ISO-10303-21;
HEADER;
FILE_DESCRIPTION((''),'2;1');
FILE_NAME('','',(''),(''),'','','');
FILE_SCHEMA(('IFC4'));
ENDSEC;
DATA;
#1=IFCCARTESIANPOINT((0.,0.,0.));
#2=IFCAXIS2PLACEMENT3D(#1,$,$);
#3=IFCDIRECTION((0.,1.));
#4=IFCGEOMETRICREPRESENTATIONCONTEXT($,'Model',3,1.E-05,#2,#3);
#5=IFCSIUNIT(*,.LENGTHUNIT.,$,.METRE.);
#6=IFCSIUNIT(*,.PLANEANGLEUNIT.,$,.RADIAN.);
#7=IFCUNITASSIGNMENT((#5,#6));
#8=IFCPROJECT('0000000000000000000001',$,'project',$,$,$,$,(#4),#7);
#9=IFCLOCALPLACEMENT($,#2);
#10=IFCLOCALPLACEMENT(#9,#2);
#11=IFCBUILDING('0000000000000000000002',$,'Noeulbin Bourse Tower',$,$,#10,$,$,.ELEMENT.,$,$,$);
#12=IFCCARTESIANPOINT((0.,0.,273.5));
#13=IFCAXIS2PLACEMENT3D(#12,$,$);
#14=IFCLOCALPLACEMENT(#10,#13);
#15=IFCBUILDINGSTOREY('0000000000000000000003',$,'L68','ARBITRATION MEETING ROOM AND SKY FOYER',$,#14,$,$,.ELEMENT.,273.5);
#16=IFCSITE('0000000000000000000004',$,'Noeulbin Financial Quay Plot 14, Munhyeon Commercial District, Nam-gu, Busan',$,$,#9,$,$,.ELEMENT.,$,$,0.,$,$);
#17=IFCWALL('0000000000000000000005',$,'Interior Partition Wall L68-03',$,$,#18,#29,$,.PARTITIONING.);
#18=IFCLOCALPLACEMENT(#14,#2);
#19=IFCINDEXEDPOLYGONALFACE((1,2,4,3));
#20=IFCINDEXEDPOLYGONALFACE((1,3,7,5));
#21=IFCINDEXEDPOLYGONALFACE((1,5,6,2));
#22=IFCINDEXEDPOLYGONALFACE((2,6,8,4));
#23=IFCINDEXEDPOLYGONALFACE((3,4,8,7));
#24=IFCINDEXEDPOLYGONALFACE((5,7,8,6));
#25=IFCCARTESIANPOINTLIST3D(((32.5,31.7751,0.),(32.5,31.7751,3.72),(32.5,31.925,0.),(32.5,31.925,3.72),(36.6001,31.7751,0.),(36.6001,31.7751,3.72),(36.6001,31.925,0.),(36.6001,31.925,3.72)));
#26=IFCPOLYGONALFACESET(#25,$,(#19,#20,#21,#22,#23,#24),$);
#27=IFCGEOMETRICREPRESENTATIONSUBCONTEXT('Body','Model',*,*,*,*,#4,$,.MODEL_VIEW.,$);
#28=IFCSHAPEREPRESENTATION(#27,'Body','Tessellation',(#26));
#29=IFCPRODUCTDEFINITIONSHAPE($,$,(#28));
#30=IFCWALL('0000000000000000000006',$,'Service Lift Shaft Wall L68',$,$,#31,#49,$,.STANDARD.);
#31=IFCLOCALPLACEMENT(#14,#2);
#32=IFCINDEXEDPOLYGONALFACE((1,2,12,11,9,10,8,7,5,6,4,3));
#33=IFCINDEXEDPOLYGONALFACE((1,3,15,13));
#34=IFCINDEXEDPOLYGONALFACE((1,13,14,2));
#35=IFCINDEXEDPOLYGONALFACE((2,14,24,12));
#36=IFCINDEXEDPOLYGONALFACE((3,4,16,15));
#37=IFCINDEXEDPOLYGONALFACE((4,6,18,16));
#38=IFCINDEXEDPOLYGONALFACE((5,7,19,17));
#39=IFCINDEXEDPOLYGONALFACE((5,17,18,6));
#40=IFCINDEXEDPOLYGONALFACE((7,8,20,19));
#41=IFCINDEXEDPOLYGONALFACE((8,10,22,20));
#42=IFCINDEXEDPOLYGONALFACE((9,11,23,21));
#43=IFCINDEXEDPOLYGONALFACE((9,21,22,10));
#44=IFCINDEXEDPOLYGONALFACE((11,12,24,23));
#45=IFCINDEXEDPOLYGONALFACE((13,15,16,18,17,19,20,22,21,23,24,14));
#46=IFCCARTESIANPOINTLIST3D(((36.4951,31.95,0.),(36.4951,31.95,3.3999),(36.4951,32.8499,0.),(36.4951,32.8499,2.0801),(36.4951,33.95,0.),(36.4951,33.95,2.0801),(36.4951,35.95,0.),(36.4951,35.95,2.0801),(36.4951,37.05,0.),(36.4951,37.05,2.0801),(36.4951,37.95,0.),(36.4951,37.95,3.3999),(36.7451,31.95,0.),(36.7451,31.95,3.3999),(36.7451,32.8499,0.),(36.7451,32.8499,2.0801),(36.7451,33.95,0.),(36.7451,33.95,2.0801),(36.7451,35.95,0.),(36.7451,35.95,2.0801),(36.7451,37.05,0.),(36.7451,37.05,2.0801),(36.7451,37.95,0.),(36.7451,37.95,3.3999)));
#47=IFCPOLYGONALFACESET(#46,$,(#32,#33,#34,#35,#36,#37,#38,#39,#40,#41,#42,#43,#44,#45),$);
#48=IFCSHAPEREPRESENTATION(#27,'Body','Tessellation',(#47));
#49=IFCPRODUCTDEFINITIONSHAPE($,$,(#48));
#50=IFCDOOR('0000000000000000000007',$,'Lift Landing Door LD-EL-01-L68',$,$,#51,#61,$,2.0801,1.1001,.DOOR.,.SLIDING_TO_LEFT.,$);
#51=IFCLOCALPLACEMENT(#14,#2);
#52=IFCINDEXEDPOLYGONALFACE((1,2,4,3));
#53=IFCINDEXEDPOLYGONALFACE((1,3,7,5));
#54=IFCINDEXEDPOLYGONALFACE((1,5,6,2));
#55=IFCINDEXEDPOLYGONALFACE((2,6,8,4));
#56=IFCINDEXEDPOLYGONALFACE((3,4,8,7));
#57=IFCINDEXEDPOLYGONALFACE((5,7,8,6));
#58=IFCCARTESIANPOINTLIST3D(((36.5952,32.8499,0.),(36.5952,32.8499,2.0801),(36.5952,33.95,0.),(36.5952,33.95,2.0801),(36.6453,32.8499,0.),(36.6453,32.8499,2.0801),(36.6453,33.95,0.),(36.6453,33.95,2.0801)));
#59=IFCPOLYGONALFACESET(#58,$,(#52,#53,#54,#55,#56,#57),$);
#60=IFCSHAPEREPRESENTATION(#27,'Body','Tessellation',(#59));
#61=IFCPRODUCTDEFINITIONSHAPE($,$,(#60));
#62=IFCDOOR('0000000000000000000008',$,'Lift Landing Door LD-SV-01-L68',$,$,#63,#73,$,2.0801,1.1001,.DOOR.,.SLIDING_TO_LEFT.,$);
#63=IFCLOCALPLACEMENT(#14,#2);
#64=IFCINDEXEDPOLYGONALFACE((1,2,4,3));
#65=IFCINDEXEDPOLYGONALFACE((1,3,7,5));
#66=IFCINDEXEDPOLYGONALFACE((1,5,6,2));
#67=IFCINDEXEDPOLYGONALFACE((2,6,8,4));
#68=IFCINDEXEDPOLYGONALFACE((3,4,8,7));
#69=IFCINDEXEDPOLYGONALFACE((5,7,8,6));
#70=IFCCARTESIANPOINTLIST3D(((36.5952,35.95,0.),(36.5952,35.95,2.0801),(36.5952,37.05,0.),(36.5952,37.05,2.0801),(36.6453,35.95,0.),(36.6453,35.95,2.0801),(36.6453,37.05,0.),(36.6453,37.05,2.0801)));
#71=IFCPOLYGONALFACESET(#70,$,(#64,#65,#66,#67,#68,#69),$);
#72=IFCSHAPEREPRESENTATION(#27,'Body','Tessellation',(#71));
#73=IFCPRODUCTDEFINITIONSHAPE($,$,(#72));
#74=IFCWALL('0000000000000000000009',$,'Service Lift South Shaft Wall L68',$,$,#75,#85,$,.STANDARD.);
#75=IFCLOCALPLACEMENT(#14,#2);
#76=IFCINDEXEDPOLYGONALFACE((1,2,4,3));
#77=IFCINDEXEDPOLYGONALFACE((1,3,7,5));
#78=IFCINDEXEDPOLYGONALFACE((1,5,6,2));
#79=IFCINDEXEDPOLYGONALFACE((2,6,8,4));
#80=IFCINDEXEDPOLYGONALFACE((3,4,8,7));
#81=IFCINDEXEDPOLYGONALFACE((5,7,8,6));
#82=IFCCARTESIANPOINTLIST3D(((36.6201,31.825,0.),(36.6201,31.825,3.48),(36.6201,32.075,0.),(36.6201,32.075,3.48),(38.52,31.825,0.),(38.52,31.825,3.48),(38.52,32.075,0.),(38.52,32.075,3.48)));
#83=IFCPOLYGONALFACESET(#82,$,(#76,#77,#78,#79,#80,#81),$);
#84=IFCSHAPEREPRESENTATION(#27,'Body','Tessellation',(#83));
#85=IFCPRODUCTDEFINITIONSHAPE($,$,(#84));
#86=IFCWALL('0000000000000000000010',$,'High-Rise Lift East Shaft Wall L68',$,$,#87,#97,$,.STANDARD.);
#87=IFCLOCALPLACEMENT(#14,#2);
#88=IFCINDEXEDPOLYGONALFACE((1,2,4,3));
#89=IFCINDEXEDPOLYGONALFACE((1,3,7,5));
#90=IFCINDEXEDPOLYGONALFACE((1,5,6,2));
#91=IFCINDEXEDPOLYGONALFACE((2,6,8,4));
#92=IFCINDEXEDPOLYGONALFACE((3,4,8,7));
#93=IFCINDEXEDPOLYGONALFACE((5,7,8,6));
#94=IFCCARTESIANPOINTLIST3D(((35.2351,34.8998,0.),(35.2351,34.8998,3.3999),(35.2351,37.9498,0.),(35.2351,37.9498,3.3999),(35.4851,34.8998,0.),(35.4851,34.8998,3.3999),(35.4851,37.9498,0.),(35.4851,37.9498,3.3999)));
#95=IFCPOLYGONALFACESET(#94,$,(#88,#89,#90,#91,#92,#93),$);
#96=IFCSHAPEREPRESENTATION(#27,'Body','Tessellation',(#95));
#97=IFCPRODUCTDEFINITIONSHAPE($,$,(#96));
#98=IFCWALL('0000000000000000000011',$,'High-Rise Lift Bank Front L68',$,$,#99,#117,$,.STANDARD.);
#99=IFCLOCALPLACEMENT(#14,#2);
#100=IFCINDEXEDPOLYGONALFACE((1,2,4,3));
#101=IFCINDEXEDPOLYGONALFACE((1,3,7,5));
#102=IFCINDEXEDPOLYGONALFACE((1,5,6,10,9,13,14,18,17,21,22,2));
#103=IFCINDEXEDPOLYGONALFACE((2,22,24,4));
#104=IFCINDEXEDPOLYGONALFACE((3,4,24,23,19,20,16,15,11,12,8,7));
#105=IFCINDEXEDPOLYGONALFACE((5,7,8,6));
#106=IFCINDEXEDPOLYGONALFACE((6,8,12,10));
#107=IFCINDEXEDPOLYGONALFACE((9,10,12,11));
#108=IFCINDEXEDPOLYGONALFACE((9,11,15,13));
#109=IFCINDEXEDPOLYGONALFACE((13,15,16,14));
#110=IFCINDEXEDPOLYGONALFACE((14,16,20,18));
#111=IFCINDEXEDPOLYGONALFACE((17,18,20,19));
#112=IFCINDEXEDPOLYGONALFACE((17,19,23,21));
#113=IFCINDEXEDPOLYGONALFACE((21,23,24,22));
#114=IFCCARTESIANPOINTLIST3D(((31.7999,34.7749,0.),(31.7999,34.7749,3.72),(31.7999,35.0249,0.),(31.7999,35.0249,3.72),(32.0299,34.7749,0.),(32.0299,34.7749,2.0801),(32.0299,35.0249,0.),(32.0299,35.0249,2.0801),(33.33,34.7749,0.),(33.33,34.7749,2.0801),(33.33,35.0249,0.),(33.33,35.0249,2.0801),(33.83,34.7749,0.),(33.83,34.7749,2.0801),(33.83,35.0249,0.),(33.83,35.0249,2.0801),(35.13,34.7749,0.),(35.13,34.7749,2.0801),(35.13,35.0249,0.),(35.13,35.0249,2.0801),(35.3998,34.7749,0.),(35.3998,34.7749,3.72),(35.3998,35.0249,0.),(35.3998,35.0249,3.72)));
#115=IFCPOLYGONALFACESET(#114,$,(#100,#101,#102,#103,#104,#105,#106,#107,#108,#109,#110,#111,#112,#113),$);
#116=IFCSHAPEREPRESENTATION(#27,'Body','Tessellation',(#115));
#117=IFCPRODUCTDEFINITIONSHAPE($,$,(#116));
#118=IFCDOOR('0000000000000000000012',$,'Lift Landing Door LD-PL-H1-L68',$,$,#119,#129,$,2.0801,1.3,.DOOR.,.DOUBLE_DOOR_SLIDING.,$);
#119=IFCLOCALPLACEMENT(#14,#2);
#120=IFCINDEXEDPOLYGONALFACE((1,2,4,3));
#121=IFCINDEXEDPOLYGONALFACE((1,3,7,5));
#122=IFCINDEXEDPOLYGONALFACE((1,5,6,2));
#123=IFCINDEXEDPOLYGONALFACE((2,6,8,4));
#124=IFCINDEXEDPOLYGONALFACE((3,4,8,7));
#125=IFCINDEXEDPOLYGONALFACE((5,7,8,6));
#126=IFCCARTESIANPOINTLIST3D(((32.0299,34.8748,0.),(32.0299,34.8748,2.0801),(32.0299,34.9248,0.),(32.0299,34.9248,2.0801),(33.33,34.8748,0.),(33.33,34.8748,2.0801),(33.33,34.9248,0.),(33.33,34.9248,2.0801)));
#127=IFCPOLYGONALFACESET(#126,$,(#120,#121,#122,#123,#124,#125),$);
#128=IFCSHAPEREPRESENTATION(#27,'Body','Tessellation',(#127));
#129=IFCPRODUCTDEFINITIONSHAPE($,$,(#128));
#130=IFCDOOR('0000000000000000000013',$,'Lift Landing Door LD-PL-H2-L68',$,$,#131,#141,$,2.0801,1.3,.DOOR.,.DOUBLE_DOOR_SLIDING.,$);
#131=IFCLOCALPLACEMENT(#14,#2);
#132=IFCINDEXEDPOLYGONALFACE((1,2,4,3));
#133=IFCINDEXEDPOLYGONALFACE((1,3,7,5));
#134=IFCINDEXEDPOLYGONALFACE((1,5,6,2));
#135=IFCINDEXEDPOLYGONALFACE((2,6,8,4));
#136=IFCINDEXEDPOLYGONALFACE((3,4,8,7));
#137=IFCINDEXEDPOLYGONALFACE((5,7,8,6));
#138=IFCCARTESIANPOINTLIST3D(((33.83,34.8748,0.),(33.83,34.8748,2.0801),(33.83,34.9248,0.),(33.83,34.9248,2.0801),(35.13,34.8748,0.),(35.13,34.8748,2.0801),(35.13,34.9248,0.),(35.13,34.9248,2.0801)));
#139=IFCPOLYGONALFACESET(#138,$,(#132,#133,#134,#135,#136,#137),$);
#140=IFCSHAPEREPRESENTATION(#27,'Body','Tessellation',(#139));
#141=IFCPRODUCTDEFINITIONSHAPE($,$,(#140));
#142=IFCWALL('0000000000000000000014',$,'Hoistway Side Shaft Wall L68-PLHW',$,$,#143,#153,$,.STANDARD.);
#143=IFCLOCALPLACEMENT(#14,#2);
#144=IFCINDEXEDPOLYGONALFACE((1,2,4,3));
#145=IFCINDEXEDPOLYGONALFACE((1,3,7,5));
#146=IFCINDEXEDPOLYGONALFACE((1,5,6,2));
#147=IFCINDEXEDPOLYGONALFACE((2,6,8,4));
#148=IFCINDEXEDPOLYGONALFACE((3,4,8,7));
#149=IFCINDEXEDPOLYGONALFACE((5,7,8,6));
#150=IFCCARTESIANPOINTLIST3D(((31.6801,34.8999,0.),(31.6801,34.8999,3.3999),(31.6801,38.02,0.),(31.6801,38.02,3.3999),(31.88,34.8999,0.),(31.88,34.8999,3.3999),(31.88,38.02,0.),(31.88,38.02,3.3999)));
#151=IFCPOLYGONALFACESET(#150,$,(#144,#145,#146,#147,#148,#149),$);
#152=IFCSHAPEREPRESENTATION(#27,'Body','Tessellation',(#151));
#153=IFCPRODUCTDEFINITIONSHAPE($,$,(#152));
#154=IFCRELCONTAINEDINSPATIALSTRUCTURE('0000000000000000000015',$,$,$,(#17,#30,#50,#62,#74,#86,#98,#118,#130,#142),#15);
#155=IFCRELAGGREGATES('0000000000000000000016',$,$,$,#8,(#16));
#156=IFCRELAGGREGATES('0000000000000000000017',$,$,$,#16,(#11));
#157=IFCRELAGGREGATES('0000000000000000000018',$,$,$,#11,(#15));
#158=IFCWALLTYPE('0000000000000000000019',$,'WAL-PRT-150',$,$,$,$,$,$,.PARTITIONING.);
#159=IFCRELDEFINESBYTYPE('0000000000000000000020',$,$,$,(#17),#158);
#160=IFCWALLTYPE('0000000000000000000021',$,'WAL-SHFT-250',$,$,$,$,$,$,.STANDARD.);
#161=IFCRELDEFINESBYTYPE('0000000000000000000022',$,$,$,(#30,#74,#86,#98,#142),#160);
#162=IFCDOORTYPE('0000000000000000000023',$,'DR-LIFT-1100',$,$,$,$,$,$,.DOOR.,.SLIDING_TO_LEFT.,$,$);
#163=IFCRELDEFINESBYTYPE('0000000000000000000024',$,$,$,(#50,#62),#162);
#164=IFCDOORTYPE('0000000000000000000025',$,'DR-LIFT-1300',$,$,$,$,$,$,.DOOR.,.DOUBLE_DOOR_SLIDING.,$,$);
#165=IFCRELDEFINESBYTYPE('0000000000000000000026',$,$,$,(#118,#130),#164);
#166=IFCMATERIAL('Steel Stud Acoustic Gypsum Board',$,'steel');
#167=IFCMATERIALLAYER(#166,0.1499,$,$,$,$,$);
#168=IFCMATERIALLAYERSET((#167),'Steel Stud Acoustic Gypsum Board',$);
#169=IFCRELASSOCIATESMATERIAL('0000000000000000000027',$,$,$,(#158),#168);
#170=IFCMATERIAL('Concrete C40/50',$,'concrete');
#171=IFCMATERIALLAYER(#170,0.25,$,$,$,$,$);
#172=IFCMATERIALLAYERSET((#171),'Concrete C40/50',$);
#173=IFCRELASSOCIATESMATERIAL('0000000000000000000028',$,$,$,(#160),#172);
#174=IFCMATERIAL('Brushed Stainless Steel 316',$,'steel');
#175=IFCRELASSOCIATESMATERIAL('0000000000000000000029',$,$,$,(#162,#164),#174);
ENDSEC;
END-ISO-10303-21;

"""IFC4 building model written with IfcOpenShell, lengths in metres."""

from ifc_helpers import new_model, si_unit, direction, frame, frame_2d, origin, place, context, subcontext, project, spatial, rectangle, extrude, material, layer, layer_set, type_object, element, fill, save


model = new_model("IFC4")

# Units and contexts
model_context = context("Model", 3, precision=1e-05, world=origin(), true_north=direction((0.0, 1.0)))
body_context = subcontext(model_context, "Body", "Model", "MODEL_VIEW")
ifc_project = project(units=[si_unit("LENGTHUNIT", "METRE"), si_unit("PLANEANGLEUNIT", "RADIAN")], contexts=[model_context])

# Site, building, storey
site_placement = place(None, origin())
site = spatial("IfcSite", under=ifc_project, at=site_placement, Name="Noeulbin Financial Quay Plot 14, Munhyeon Commercial District, Nam-gu, Busan", CompositionType="ELEMENT", RefElevation=0.0)
building_placement = place(site_placement, origin())
building = spatial("IfcBuilding", under=site, at=building_placement, Name="Noeulbin Bourse Tower", CompositionType="ELEMENT")
storey_placement = place(building_placement, frame((0.0, 0.0, 273.5)))
storey = spatial("IfcBuildingStorey", under=building, at=storey_placement, Name="L68", Description="ARBITRATION MEETING ROOM AND SKY FOYER", CompositionType="ELEMENT", Elevation=273.5)

# Wall
ifc_material_1 = material(Name="Steel Stud Acoustic Gypsum Board", Category="steel")
ifc_layer_1 = layer(ifc_material_1, 0.1499)
ifc_layer_set_1 = layer_set([ifc_layer_1], Name="Steel Stud Acoustic Gypsum Board")
wall_type_1 = type_object("IfcWallType", Name="WAL-PRT-150", PredefinedType="PARTITIONING", material=ifc_layer_set_1)
wall_1_placement = place(storey_placement, frame((32.5, 31.8501, 0.0), z_axis=(0.0, 0.0, 1.0), x_axis=(1.0, 0.0, 0.0)))
element("IfcWall", 1, at=wall_1_placement, inside=storey, type_object=wall_type_1, Name="Interior Partition Wall L68-03", PredefinedType="PARTITIONING", context=body_context, shape_type="SweptSolid", body=[
    extrude(rectangle(XDim=4.1001, YDim=0.1499, at=frame_2d((2.05, 0.0))), origin(), (0.0, 0.0, 1.0), 3.72),
])

# Wall, openings, doors
ifc_material_2 = material(Name="Concrete C40/50", Category="concrete")
ifc_layer_2 = layer(ifc_material_2, 0.25)
ifc_layer_set_2 = layer_set([ifc_layer_2], Name="Concrete C40/50")
wall_type_2 = type_object("IfcWallType", Name="WAL-SHFT-250", PredefinedType="STANDARD", material=ifc_layer_set_2)
wall_2_placement = place(storey_placement, frame((36.6201, 31.95, 0.0), z_axis=(0.0, 0.0, 1.0), x_axis=(0.0, 1.0, 0.0)))
wall_2 = element("IfcWall", 2, at=wall_2_placement, inside=storey, type_object=wall_type_2, Name="Service Lift Shaft Wall L68", PredefinedType="STANDARD", context=body_context, shape_type="SweptSolid", body=[
    extrude(rectangle(XDim=6.0, YDim=0.25, at=frame_2d((3.0, 0.0))), origin(), (0.0, 0.0, 1.0), 3.3999),
])
opening_1_placement = place(wall_2_placement, frame((0.8999, 0.0, 0.0)))
opening_1 = element("IfcOpeningElement", 3, at=opening_1_placement, cuts=wall_2, PredefinedType="OPENING", context=body_context, shape_type="SweptSolid", body=[
    extrude(rectangle(XDim=1.1001, YDim=2.0801, at=frame_2d((0.55, 1.04))), frame((0.0, 0.135, 0.0), z_axis=(0.0, -1.0, 0.0), x_axis=(1.0, 0.0, 0.0)), (0.0, 0.0, 1.0), 0.27),
])
opening_2_placement = place(wall_2_placement, frame((4.0, 0.0, 0.0)))
opening_2 = element("IfcOpeningElement", 4, at=opening_2_placement, cuts=wall_2, PredefinedType="OPENING", context=body_context, shape_type="SweptSolid", body=[
    extrude(rectangle(XDim=1.1001, YDim=2.0801, at=frame_2d((0.55, 1.04))), frame((0.0, 0.135, 0.0), z_axis=(0.0, -1.0, 0.0), x_axis=(1.0, 0.0, 0.0)), (0.0, 0.0, 1.0), 0.27),
])
ifc_material_3 = material(Name="Brushed Stainless Steel 316", Category="steel")
door_type_1 = type_object("IfcDoorType", Name="DR-LIFT-1100", OperationType="SLIDING_TO_LEFT", PredefinedType="DOOR", material=ifc_material_3)
door_1_placement = place(opening_1_placement, origin())
door_1 = element("IfcDoor", 5, at=door_1_placement, inside=storey, type_object=door_type_1, Name="Lift Landing Door LD-EL-01-L68", OperationType="SLIDING_TO_LEFT", OverallHeight=2.0801, OverallWidth=1.1001, PredefinedType="DOOR", context=body_context, shape_type="SweptSolid", body=[
    extrude(rectangle(XDim=1.1001, YDim=2.0801, at=frame_2d((0.55, 1.04))), frame((0.0, 0.0249, 0.0), z_axis=(0.0, -1.0, 0.0), x_axis=(1.0, 0.0, 0.0)), (0.0, 0.0, 1.0), 0.05),
])
fill(opening_1, door_1)
door_2_placement = place(opening_2_placement, origin())
door_2 = element("IfcDoor", 6, at=door_2_placement, inside=storey, type_object=door_type_1, Name="Lift Landing Door LD-SV-01-L68", OperationType="SLIDING_TO_LEFT", OverallHeight=2.0801, OverallWidth=1.1001, PredefinedType="DOOR", context=body_context, shape_type="SweptSolid", body=[
    extrude(rectangle(XDim=1.1001, YDim=2.0801, at=frame_2d((0.55, 1.04))), frame((0.0, 0.0249, 0.0), z_axis=(0.0, -1.0, 0.0), x_axis=(1.0, 0.0, 0.0)), (0.0, 0.0, 1.0), 0.05),
])
fill(opening_2, door_2)

# Walls
wall_3_placement = place(storey_placement, frame((36.6201, 31.95, 0.0), z_axis=(0.0, 0.0, 1.0), x_axis=(1.0, 0.0, 0.0)))
element("IfcWall", 7, at=wall_3_placement, inside=storey, type_object=wall_type_2, Name="Service Lift South Shaft Wall L68", PredefinedType="STANDARD", context=body_context, shape_type="SweptSolid", body=[
    extrude(rectangle(XDim=1.8999, YDim=0.25, at=frame_2d((0.95, 0.0))), origin(), (0.0, 0.0, 1.0), 3.48),
])
wall_4_placement = place(storey_placement, frame((35.3601, 34.8999, 0.0), z_axis=(0.0, 0.0, 1.0), x_axis=(0.0, 1.0, 0.0)))
element("IfcWall", 8, at=wall_4_placement, inside=storey, type_object=wall_type_2, Name="High-Rise Lift East Shaft Wall L68", PredefinedType="STANDARD", context=body_context, shape_type="SweptSolid", body=[
    extrude(rectangle(XDim=3.05, YDim=0.25, at=frame_2d((1.5249, 0.0))), origin(), (0.0, 0.0, 1.0), 3.3999),
])

# Wall, openings, doors
wall_5_placement = place(storey_placement, frame((31.8, 34.8999, 0.0), z_axis=(0.0, 0.0, 1.0), x_axis=(1.0, 0.0, 0.0)))
wall_5 = element("IfcWall", 9, at=wall_5_placement, inside=storey, type_object=wall_type_2, Name="High-Rise Lift Bank Front L68", PredefinedType="STANDARD", context=body_context, shape_type="SweptSolid", body=[
    extrude(rectangle(XDim=3.5999, YDim=0.25, at=frame_2d((1.7998, 0.0))), origin(), (0.0, 0.0, 1.0), 3.72),
])
opening_3_placement = place(wall_5_placement, frame((0.23, 0.0, 0.0)))
opening_3 = element("IfcOpeningElement", 10, at=opening_3_placement, cuts=wall_5, PredefinedType="OPENING", context=body_context, shape_type="SweptSolid", body=[
    extrude(rectangle(XDim=1.3, YDim=2.0801, at=frame_2d((0.6499, 1.04))), frame((0.0, 0.135, 0.0), z_axis=(0.0, -1.0, 0.0), x_axis=(1.0, 0.0, 0.0)), (0.0, 0.0, 1.0), 0.27),
])
opening_4_placement = place(wall_5_placement, frame((2.03, 0.0, 0.0)))
opening_4 = element("IfcOpeningElement", 11, at=opening_4_placement, cuts=wall_5, PredefinedType="OPENING", context=body_context, shape_type="SweptSolid", body=[
    extrude(rectangle(XDim=1.3, YDim=2.0801, at=frame_2d((0.6499, 1.04))), frame((0.0, 0.135, 0.0), z_axis=(0.0, -1.0, 0.0), x_axis=(1.0, 0.0, 0.0)), (0.0, 0.0, 1.0), 0.27),
])
door_type_2 = type_object("IfcDoorType", Name="DR-LIFT-1300", OperationType="DOUBLE_DOOR_SLIDING", PredefinedType="DOOR", material=ifc_material_3)
door_3_placement = place(opening_3_placement, origin())
door_3 = element("IfcDoor", 12, at=door_3_placement, inside=storey, type_object=door_type_2, Name="Lift Landing Door LD-PL-H1-L68", OperationType="DOUBLE_DOOR_SLIDING", OverallHeight=2.0801, OverallWidth=1.3, PredefinedType="DOOR", context=body_context, shape_type="SweptSolid", body=[
    extrude(rectangle(XDim=1.3, YDim=2.0801, at=frame_2d((0.6499, 1.04))), frame((0.0, 0.0249, 0.0), z_axis=(0.0, -1.0, 0.0), x_axis=(1.0, 0.0, 0.0)), (0.0, 0.0, 1.0), 0.05),
])
fill(opening_3, door_3)
door_4_placement = place(opening_4_placement, origin())
door_4 = element("IfcDoor", 13, at=door_4_placement, inside=storey, type_object=door_type_2, Name="Lift Landing Door LD-PL-H2-L68", OperationType="DOUBLE_DOOR_SLIDING", OverallHeight=2.0801, OverallWidth=1.3, PredefinedType="DOOR", context=body_context, shape_type="SweptSolid", body=[
    extrude(rectangle(XDim=1.3, YDim=2.0801, at=frame_2d((0.6499, 1.04))), frame((0.0, 0.0249, 0.0), z_axis=(0.0, -1.0, 0.0), x_axis=(1.0, 0.0, 0.0)), (0.0, 0.0, 1.0), 0.05),
])
fill(opening_4, door_4)

# Wall
wall_6_placement = place(storey_placement, frame((31.78, 34.8999, 0.0), z_axis=(0.0, 0.0, 1.0), x_axis=(0.0, 1.0, 0.0)))
element("IfcWall", 14, at=wall_6_placement, inside=storey, type_object=wall_type_2, Name="Hoistway Side Shaft Wall L68-PLHW", PredefinedType="STANDARD", context=body_context, shape_type="SweptSolid", body=[
    extrude(rectangle(XDim=3.1201, YDim=0.2, at=frame_2d((1.5601, 0.0))), origin(), (0.0, 0.0, 1.0), 3.3999),
])

save(model, "model.ifc")
